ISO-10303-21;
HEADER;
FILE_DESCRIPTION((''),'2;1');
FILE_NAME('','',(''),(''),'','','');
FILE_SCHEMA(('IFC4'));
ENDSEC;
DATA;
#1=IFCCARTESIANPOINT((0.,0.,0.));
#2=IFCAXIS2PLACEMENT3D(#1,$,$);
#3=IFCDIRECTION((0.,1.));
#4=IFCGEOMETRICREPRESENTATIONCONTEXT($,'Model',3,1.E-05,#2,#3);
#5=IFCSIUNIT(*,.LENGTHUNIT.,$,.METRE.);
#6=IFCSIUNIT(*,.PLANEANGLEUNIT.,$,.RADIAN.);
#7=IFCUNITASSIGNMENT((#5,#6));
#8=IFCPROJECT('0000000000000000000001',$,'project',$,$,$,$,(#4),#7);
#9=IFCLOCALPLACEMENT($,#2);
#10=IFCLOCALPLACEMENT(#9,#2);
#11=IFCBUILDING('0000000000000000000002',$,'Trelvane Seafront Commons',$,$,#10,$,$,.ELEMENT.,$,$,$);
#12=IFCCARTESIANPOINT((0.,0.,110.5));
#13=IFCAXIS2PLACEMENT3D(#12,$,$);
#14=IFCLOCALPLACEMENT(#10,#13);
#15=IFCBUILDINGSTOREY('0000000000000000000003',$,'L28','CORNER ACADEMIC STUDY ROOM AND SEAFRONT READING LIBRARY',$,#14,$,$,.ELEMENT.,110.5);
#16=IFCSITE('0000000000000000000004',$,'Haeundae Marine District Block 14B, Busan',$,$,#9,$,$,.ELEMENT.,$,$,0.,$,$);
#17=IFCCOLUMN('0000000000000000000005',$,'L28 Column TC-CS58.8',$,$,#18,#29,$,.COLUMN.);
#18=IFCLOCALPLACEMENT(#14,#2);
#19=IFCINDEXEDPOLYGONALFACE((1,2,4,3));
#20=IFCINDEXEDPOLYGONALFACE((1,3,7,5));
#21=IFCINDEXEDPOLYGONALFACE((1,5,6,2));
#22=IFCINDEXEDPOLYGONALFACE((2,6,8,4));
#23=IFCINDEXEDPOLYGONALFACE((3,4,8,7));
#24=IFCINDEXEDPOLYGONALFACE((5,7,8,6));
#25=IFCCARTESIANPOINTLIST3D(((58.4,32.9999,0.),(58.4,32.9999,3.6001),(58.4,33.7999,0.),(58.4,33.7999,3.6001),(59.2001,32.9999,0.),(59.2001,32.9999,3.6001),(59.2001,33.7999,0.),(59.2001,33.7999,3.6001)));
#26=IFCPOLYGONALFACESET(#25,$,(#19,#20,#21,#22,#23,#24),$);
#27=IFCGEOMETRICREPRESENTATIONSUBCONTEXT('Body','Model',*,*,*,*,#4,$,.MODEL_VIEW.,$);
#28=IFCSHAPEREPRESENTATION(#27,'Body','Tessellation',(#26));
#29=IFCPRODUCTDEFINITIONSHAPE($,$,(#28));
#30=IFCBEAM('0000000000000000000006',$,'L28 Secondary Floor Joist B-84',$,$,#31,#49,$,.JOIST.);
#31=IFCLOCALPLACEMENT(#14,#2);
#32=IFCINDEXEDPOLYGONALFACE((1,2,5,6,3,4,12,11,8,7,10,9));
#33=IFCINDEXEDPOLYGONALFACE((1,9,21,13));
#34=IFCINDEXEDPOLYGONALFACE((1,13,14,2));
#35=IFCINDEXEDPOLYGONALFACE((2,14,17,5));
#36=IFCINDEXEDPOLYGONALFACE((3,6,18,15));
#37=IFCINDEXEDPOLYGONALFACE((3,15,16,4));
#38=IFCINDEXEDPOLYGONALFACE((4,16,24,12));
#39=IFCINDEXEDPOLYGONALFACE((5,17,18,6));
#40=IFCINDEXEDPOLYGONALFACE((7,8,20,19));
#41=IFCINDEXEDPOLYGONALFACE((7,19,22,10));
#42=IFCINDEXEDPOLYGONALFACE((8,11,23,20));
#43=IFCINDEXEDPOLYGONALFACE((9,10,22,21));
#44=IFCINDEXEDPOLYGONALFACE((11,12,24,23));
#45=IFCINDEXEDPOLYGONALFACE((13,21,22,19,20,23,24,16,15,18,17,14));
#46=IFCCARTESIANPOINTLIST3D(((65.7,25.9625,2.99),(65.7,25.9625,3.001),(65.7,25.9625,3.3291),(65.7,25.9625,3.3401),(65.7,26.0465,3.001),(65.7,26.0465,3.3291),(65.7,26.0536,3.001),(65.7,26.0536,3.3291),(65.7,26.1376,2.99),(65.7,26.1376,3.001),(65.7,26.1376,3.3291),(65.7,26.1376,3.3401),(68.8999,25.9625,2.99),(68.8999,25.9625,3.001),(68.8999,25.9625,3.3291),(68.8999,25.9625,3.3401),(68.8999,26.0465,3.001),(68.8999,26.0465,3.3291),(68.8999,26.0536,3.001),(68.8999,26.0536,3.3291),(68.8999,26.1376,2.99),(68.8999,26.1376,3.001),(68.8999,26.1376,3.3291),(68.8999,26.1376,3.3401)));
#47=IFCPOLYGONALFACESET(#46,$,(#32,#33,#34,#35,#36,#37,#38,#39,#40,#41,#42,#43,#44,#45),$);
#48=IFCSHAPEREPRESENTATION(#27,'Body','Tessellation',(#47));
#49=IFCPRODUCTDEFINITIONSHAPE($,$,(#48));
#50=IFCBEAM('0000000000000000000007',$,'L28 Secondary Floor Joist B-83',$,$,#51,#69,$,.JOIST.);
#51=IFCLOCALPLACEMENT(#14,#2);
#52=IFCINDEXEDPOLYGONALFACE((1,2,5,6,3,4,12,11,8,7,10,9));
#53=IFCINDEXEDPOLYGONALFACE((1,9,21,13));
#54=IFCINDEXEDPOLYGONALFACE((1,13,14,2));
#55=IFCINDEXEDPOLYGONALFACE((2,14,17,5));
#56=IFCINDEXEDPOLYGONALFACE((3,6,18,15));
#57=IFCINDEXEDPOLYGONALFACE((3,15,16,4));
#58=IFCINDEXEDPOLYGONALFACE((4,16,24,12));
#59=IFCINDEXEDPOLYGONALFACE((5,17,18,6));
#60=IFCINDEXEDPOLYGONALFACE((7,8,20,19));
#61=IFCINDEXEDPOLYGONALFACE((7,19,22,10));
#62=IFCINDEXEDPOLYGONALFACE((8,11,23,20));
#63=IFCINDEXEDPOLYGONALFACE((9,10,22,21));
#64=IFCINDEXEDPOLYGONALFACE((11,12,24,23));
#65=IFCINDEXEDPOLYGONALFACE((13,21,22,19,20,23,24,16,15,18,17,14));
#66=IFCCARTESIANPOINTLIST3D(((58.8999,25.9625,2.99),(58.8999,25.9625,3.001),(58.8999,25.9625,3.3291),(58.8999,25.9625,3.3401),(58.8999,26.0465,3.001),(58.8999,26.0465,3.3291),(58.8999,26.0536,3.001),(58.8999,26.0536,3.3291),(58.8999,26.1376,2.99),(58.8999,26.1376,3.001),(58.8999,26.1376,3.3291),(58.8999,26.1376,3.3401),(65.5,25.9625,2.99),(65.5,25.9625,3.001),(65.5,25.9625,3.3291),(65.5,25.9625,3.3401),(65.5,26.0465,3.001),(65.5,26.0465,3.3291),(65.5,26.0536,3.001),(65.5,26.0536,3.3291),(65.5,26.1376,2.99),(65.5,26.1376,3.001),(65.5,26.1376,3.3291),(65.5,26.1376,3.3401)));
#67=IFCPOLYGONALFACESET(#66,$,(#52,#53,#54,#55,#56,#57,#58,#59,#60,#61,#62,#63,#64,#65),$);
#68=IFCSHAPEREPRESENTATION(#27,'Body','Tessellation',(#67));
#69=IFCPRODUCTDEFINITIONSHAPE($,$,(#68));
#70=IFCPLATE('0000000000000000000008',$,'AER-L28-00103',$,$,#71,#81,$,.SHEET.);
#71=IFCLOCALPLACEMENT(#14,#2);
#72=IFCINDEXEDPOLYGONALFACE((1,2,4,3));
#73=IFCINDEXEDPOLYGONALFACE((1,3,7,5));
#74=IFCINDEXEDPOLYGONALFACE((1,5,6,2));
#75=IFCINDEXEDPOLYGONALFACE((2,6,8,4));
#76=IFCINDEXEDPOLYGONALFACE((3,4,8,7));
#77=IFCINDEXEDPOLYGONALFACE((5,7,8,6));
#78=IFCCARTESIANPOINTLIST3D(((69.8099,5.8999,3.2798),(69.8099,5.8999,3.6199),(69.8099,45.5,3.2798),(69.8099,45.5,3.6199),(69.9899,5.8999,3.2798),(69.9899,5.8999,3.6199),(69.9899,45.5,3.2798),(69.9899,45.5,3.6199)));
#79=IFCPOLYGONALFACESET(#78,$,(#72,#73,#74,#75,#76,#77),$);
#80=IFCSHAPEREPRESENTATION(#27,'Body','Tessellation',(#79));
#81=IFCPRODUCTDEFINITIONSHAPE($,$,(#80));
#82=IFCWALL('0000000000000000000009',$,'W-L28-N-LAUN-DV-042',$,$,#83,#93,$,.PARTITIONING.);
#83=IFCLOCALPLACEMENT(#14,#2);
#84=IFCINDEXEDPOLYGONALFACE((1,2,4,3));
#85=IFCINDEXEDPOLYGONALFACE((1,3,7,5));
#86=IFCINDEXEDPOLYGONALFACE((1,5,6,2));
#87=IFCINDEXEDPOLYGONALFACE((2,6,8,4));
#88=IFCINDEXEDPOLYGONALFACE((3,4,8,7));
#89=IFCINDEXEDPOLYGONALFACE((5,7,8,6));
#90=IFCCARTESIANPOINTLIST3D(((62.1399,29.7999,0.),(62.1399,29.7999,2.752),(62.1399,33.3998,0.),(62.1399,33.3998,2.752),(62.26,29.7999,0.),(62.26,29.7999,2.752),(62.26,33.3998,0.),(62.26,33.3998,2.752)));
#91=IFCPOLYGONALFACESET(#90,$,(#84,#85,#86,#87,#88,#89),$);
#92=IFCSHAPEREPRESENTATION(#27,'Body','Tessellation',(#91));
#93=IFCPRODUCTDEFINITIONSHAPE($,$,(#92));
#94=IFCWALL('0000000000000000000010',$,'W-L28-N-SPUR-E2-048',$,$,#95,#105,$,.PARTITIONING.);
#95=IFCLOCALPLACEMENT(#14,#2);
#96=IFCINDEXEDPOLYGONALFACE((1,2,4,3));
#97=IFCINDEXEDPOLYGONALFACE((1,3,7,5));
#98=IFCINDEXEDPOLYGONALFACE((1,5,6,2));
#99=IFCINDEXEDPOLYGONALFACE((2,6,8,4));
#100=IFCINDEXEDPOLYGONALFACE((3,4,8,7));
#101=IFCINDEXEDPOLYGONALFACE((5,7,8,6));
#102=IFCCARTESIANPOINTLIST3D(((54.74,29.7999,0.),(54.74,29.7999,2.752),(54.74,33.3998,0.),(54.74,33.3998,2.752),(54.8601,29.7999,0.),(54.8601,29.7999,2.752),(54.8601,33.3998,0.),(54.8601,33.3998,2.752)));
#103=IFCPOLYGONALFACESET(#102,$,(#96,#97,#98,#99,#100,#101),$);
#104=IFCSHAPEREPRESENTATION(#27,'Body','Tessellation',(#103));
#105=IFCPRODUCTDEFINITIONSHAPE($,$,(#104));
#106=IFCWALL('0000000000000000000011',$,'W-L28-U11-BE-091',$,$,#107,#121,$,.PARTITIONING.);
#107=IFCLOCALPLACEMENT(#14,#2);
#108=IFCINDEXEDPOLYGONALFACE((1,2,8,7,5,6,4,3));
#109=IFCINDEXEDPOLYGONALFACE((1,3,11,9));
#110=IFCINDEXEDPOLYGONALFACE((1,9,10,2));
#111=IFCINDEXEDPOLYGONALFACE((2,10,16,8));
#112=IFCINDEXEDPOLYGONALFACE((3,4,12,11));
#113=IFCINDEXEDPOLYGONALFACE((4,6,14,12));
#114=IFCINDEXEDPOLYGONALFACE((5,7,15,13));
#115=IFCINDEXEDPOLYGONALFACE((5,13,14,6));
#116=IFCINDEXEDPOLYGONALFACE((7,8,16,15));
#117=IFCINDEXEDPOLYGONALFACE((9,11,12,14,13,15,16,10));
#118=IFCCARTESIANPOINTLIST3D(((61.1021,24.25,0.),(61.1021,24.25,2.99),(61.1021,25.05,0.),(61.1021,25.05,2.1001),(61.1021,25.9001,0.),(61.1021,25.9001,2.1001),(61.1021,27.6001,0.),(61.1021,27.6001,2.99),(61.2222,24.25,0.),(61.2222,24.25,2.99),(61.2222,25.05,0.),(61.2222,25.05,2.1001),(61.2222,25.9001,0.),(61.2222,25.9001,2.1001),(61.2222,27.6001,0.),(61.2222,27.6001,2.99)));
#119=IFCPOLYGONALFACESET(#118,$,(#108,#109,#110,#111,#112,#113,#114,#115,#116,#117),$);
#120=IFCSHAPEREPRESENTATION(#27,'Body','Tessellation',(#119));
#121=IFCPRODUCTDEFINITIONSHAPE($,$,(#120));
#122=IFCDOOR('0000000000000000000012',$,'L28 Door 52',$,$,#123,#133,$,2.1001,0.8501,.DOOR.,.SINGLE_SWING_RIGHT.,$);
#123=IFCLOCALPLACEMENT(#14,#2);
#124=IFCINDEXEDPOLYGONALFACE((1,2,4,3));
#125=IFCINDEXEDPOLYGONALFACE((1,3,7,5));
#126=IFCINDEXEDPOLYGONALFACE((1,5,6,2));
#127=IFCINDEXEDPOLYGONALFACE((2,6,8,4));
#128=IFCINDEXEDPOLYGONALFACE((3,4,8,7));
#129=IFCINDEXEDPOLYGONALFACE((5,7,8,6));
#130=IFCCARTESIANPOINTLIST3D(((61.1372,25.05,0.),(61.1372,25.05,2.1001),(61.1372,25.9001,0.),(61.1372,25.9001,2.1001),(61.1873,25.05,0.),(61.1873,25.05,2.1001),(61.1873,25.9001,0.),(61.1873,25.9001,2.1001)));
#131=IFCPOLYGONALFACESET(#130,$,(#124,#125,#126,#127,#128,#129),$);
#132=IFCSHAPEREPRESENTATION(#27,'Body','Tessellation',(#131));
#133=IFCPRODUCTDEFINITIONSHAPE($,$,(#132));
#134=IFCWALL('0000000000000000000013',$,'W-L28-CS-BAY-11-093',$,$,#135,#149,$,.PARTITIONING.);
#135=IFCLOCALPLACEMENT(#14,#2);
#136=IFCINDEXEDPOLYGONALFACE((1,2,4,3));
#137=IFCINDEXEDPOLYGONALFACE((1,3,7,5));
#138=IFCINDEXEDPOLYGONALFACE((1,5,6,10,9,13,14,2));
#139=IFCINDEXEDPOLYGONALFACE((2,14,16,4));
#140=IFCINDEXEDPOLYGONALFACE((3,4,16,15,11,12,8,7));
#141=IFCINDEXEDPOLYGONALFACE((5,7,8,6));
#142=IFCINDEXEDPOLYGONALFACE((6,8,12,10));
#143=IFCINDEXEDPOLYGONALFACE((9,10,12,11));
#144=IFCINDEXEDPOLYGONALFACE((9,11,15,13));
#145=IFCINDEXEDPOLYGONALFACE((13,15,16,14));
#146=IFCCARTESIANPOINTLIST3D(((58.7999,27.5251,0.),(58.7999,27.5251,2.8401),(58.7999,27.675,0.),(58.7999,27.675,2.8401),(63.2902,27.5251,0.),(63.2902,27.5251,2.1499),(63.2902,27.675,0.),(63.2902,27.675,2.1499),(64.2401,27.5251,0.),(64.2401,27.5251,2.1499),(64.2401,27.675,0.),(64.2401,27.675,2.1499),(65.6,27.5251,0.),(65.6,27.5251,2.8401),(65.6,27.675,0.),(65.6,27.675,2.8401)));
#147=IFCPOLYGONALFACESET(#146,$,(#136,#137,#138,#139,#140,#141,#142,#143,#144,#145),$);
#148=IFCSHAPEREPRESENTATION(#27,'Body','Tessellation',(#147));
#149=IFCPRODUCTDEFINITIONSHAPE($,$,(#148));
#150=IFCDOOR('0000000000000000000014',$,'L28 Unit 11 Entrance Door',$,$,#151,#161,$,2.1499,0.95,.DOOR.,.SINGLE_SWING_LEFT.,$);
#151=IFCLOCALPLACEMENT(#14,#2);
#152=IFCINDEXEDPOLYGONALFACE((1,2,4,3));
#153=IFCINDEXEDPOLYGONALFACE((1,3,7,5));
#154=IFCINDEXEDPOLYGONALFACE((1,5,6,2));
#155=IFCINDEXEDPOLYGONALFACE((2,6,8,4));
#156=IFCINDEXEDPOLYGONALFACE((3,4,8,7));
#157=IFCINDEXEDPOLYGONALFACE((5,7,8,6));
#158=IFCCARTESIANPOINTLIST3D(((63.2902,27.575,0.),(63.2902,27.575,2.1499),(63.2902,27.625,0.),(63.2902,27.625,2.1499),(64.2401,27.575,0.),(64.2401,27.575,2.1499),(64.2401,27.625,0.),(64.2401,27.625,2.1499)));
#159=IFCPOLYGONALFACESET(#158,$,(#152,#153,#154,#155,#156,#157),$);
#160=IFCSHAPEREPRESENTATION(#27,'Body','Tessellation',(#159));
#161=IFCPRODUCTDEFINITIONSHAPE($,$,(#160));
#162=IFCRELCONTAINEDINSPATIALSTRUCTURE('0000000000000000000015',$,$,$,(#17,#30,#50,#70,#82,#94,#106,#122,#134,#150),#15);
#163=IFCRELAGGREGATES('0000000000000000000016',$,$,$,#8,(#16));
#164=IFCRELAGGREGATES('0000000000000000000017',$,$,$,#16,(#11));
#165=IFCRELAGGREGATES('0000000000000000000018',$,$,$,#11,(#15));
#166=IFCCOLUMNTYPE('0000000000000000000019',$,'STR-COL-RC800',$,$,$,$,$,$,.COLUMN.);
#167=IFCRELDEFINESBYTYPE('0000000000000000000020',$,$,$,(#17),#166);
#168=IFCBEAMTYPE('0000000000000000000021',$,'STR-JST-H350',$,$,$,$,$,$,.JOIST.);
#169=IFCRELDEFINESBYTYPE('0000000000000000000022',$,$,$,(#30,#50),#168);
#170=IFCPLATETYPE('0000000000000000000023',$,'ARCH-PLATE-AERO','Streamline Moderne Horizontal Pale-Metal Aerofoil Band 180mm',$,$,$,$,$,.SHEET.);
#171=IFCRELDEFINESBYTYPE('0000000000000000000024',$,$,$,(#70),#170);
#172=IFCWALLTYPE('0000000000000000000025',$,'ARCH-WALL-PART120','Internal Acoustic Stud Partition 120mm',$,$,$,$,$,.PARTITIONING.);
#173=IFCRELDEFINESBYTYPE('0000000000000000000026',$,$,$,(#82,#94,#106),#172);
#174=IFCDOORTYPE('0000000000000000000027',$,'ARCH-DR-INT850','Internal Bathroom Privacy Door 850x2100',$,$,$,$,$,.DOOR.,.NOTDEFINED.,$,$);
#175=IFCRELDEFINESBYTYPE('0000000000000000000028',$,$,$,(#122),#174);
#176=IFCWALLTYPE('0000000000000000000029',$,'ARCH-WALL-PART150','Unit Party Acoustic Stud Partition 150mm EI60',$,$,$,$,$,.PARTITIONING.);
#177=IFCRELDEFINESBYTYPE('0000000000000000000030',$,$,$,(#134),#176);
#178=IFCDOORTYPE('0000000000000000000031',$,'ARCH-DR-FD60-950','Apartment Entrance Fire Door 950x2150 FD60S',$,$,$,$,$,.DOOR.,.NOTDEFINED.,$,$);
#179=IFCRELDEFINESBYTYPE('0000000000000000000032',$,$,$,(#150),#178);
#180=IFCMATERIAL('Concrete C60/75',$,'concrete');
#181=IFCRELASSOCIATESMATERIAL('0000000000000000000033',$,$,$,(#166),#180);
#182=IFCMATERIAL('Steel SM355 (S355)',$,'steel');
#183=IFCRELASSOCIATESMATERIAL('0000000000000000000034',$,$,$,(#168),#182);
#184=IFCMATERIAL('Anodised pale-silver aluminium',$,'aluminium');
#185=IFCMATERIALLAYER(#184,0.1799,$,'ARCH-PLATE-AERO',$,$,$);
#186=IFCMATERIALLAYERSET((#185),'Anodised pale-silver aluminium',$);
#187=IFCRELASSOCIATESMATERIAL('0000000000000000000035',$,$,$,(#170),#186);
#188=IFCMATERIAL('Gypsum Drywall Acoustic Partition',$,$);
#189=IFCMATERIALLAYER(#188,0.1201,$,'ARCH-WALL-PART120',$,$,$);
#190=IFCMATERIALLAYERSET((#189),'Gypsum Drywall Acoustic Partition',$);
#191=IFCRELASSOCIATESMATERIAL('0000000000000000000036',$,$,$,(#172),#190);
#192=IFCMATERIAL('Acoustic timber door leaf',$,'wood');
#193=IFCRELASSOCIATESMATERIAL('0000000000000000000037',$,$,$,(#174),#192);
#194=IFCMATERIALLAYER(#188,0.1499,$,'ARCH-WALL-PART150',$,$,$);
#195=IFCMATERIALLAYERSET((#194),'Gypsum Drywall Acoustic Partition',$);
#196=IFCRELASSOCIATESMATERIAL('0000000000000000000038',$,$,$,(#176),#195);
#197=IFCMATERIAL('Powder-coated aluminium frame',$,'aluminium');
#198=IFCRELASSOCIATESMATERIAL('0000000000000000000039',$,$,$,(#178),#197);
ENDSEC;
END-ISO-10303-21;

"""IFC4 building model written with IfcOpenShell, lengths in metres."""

from ifc_helpers import new_model, si_unit, direction, frame, frame_2d, origin, origin_2d, place, context, subcontext, project, spatial, rectangle, i_section, extrude, source, transform, mapped, material, layer, layer_set, material_profile, profile_set, type_object, element, fill, save


model = new_model("IFC4")

# Units and contexts
model_context = context("Model", 3, precision=1e-05, world=origin(), true_north=direction((0.0, 1.0)))
body_context = subcontext(model_context, "Body", "Model", "MODEL_VIEW")
ifc_project = project(units=[si_unit("LENGTHUNIT", "METRE"), si_unit("PLANEANGLEUNIT", "RADIAN")], contexts=[model_context])

# Site, building, storey
site_placement = place(None, origin())
site = spatial("IfcSite", under=ifc_project, at=site_placement, Name="Haeundae Marine District Block 14B, Busan", CompositionType="ELEMENT", RefElevation=0.0)
building_placement = place(site_placement, origin())
building = spatial("IfcBuilding", under=site, at=building_placement, Name="Trelvane Seafront Commons", CompositionType="ELEMENT")
storey_placement = place(building_placement, frame((0.0, 0.0, 110.5)))
storey = spatial("IfcBuildingStorey", under=building, at=storey_placement, Name="L28", Description="CORNER ACADEMIC STUDY ROOM AND SEAFRONT READING LIBRARY", CompositionType="ELEMENT", Elevation=110.5)

# Column
ifc_material_1 = material(Name="Concrete C60/75", Category="concrete")
ifc_material_profile_1 = material_profile(ifc_material_1, rectangle(XDim=0.8, YDim=0.8, at=origin_2d()), Name="RC-800x800")
ifc_profile_set_1 = profile_set([ifc_material_profile_1], Name="Concrete C60/75")
column_type = type_object("IfcColumnType", Name="STR-COL-RC800", PredefinedType="COLUMN", material=ifc_profile_set_1)
shared_shape_1 = source(origin(), body_context, "Body", "SweptSolid", [
    extrude(rectangle(XDim=0.8, YDim=0.8, at=origin_2d()), origin(), (0.0, 0.0, 1.0), 3.6001),
])
column_placement = place(storey_placement, frame((58.8, 33.3999, 0.0), z_axis=(0.0, 0.0, 1.0), x_axis=(1.0, 0.0, 0.0)))
element("IfcColumn", 1, at=column_placement, inside=storey, type_object=column_type, Name="L28 Column TC-CS58.8", PredefinedType="COLUMN", context=body_context, shape_type="MappedRepresentation", body=[
    mapped(shared_shape_1, transform((0.0, 0.0, 0.0), x_axis=(1.0, 0.0, 0.0), y_axis=(0.0, 1.0, 0.0), z_axis=(0.0, 0.0, 1.0), scale=1.0)),
])

# Beams
ifc_material_2 = material(Name="Steel SM355 (S355)", Category="steel")
ifc_material_profile_2 = material_profile(ifc_material_2, i_section(OverallWidth=0.175, OverallDepth=0.3501, WebThickness=0.0071, FlangeThickness=0.011, at=origin_2d()), Name="H-350x175x7x11")
ifc_profile_set_2 = profile_set([ifc_material_profile_2], Name="Steel SM355 (S355)")
beam_type = type_object("IfcBeamType", Name="STR-JST-H350", PredefinedType="JOIST", material=ifc_profile_set_2)
shared_shape_2 = source(origin(), body_context, "Body", "SweptSolid", [
    extrude(i_section(OverallWidth=0.175, OverallDepth=0.3501, WebThickness=0.0071, FlangeThickness=0.011, at=origin_2d()), origin(), (0.0, 0.0, 1.0), 3.2),
])
beam_1_placement = place(storey_placement, frame((65.7, 26.05, 3.165), z_axis=(1.0, 0.0, 0.0), x_axis=(0.0, 1.0, 0.0)))
element("IfcBeam", 2, at=beam_1_placement, inside=storey, type_object=beam_type, Name="L28 Secondary Floor Joist B-84", PredefinedType="JOIST", context=body_context, shape_type="MappedRepresentation", body=[
    mapped(shared_shape_2, transform((0.0, 0.0, 0.0), x_axis=(1.0, 0.0, 0.0), y_axis=(0.0, 1.0, 0.0), z_axis=(0.0, 0.0, 1.0), scale=1.0)),
])
shared_shape_3 = source(origin(), body_context, "Body", "SweptSolid", [
    extrude(i_section(OverallWidth=0.175, OverallDepth=0.3501, WebThickness=0.0071, FlangeThickness=0.011, at=origin_2d()), origin(), (0.0, 0.0, 1.0), 6.6001),
])
beam_2_placement = place(storey_placement, frame((58.8999, 26.05, 3.165), z_axis=(1.0, 0.0, 0.0), x_axis=(0.0, 1.0, 0.0)))
element("IfcBeam", 3, at=beam_2_placement, inside=storey, type_object=beam_type, Name="L28 Secondary Floor Joist B-83", PredefinedType="JOIST", context=body_context, shape_type="MappedRepresentation", body=[
    mapped(shared_shape_3, transform((0.0, 0.0, 0.0), x_axis=(1.0, 0.0, 0.0), y_axis=(0.0, 1.0, 0.0), z_axis=(0.0, 0.0, 1.0), scale=1.0)),
])

# Plate
ifc_material_3 = material(Name="Anodised pale-silver aluminium", Category="aluminium")
ifc_layer_1 = layer(ifc_material_3, 0.1799, Name="ARCH-PLATE-AERO")
ifc_layer_set_1 = layer_set([ifc_layer_1], Name="Anodised pale-silver aluminium")
plate_type = type_object("IfcPlateType", Name="ARCH-PLATE-AERO", Description="Streamline Moderne Horizontal Pale-Metal Aerofoil Band 180mm", PredefinedType="SHEET", material=ifc_layer_set_1)
shared_shape_4 = source(origin(), body_context, "Body", "SweptSolid", [
    extrude(rectangle(XDim=39.6001, YDim=0.1799, at=origin_2d()), origin(), (0.0, 0.0, 1.0), 0.3401),
])
plate_placement = place(storey_placement, frame((69.8999, 25.7, 3.2798), z_axis=(0.0, 0.0, 1.0), x_axis=(0.0, -1.0, 0.0)))
element("IfcPlate", 4, at=plate_placement, inside=storey, type_object=plate_type, Name="AER-L28-00103", PredefinedType="SHEET", context=body_context, shape_type="MappedRepresentation", body=[
    mapped(shared_shape_4, transform((0.0, 0.0, 0.0), x_axis=(1.0, 0.0, 0.0), y_axis=(0.0, 1.0, 0.0), z_axis=(0.0, 0.0, 1.0), scale=1.0)),
])

# Walls
ifc_material_4 = material(Name="Gypsum Drywall Acoustic Partition")
ifc_layer_2 = layer(ifc_material_4, 0.1201, Name="ARCH-WALL-PART120")
ifc_layer_set_2 = layer_set([ifc_layer_2], Name="Gypsum Drywall Acoustic Partition")
wall_type_1 = type_object("IfcWallType", Name="ARCH-WALL-PART120", Description="Internal Acoustic Stud Partition 120mm", PredefinedType="PARTITIONING", material=ifc_layer_set_2)
for number, where, z_axis, x_axis, name in (
    (5, (62.2, 29.8, 0.0), (0.0, 0.0, 1.0), (0.0, 1.0, 0.0), "W-L28-N-LAUN-DV-042"),
    (6, (54.8, 29.8, 0.0), (0.0, 0.0, 1.0), (0.0, 1.0, 0.0), "W-L28-N-SPUR-E2-048"),
):
    element("IfcWall", number, at=place(storey_placement, frame(where, z_axis=z_axis, x_axis=x_axis)), inside=storey, type_object=wall_type_1, Name=name, PredefinedType="PARTITIONING", context=body_context, shape_type="SweptSolid", body=[
        extrude(rectangle(XDim=3.5999, YDim=0.1201, at=frame_2d((1.7998, 0.0))), origin(), (0.0, 0.0, 1.0), 2.752),
    ])

# Walls, openings, doors
wall_1_placement = place(storey_placement, frame((61.1621, 24.25, 0.0), z_axis=(0.0, 0.0, 1.0), x_axis=(0.0, 1.0, 0.0)))
wall_1 = element("IfcWall", 7, at=wall_1_placement, inside=storey, type_object=wall_type_1, Name="W-L28-U11-BE-091", PredefinedType="PARTITIONING", context=body_context, shape_type="SweptSolid", body=[
    extrude(rectangle(XDim=3.3501, YDim=0.1201, at=frame_2d((1.675, 0.0))), origin(), (0.0, 0.0, 1.0), 2.99),
])
opening_1_placement = place(wall_1_placement, frame((0.8, 0.0, 0.0)))
opening_1 = element("IfcOpeningElement", 8, at=opening_1_placement, cuts=wall_1, PredefinedType="OPENING", context=body_context, shape_type="SweptSolid", body=[
    extrude(rectangle(XDim=0.8501, YDim=2.1001, at=frame_2d((0.425, 1.05))), frame((0.0, 0.0701, 0.0), z_axis=(0.0, -1.0, 0.0), x_axis=(1.0, 0.0, 0.0)), (0.0, 0.0, 1.0), 0.1401),
])
ifc_material_5 = material(Name="Acoustic timber door leaf", Category="wood")
door_type_1 = type_object("IfcDoorType", Name="ARCH-DR-INT850", Description="Internal Bathroom Privacy Door 850x2100", OperationType="NOTDEFINED", PredefinedType="DOOR", material=ifc_material_5)
shared_shape_5 = source(origin(), body_context, "Body", "SweptSolid", [
    extrude(rectangle(XDim=0.8501, YDim=2.1001, at=frame_2d((0.425, 1.05))), frame((0.0, 0.0249, 0.0), z_axis=(0.0, -1.0, 0.0), x_axis=(1.0, 0.0, 0.0)), (0.0, 0.0, 1.0), 0.05),
])
door_1_placement = place(opening_1_placement, origin())
door_1 = element("IfcDoor", 9, at=door_1_placement, inside=storey, type_object=door_type_1, Name="L28 Door 52", OperationType="SINGLE_SWING_RIGHT", OverallHeight=2.1001, OverallWidth=0.8501, PredefinedType="DOOR", context=body_context, shape_type="MappedRepresentation", body=[
    mapped(shared_shape_5, transform((0.0, 0.0, 0.0), x_axis=(1.0, 0.0, 0.0), y_axis=(0.0, 1.0, 0.0), z_axis=(0.0, 0.0, 1.0), scale=1.0)),
])
fill(opening_1, door_1)
ifc_layer_3 = layer(ifc_material_4, 0.1499, Name="ARCH-WALL-PART150")
ifc_layer_set_3 = layer_set([ifc_layer_3], Name="Gypsum Drywall Acoustic Partition")
wall_type_2 = type_object("IfcWallType", Name="ARCH-WALL-PART150", Description="Unit Party Acoustic Stud Partition 150mm EI60", PredefinedType="PARTITIONING", material=ifc_layer_set_3)
ifc_material_6 = material(Name="Powder-coated aluminium frame", Category="aluminium")
door_type_2 = type_object("IfcDoorType", Name="ARCH-DR-FD60-950", Description="Apartment Entrance Fire Door 950x2150 FD60S", OperationType="NOTDEFINED", PredefinedType="DOOR", material=ifc_material_6)
shared_shape_6 = source(origin(), body_context, "Body", "SweptSolid", [
    extrude(rectangle(XDim=0.95, YDim=2.1499, at=frame_2d((0.4751, 1.075))), frame((0.0, 0.0249, 0.0), z_axis=(0.0, -1.0, 0.0), x_axis=(1.0, 0.0, 0.0)), (0.0, 0.0, 1.0), 0.05),
])
wall_2_placement = place(storey_placement, frame((58.8, 27.6001, 0.0), z_axis=(0.0, 0.0, 1.0), x_axis=(1.0, 0.0, 0.0)))
wall_2 = element("IfcWall", 10, at=wall_2_placement, inside=storey, type_object=wall_type_2, Name="W-L28-CS-BAY-11-093", PredefinedType="PARTITIONING", context=body_context, shape_type="SweptSolid", body=[
    extrude(rectangle(XDim=6.8, YDim=0.1499, at=frame_2d((3.3999, 0.0))), origin(), (0.0, 0.0, 1.0), 2.8401),
])
opening_2_placement = place(wall_2_placement, frame((4.49, 0.0, 0.0)))
opening_2 = element("IfcOpeningElement", 11, at=opening_2_placement, cuts=wall_2, PredefinedType="OPENING", context=body_context, shape_type="SweptSolid", body=[
    extrude(rectangle(XDim=0.95, YDim=2.1499, at=frame_2d((0.4751, 1.075))), frame((0.0, 0.085, 0.0), z_axis=(0.0, -1.0, 0.0), x_axis=(1.0, 0.0, 0.0)), (0.0, 0.0, 1.0), 0.1699),
])
door_2_placement = place(opening_2_placement, origin())
door_2 = element("IfcDoor", 12, at=door_2_placement, inside=storey, type_object=door_type_2, Name="L28 Unit 11 Entrance Door", OperationType="SINGLE_SWING_LEFT", OverallHeight=2.1499, OverallWidth=0.95, PredefinedType="DOOR", context=body_context, shape_type="MappedRepresentation", body=[
    mapped(shared_shape_6, transform((0.0, 0.0, 0.0), x_axis=(1.0, 0.0, 0.0), y_axis=(0.0, 1.0, 0.0), z_axis=(0.0, 0.0, 1.0), scale=1.0)),
])
fill(opening_2, door_2)

save(model, "model.ifc")
